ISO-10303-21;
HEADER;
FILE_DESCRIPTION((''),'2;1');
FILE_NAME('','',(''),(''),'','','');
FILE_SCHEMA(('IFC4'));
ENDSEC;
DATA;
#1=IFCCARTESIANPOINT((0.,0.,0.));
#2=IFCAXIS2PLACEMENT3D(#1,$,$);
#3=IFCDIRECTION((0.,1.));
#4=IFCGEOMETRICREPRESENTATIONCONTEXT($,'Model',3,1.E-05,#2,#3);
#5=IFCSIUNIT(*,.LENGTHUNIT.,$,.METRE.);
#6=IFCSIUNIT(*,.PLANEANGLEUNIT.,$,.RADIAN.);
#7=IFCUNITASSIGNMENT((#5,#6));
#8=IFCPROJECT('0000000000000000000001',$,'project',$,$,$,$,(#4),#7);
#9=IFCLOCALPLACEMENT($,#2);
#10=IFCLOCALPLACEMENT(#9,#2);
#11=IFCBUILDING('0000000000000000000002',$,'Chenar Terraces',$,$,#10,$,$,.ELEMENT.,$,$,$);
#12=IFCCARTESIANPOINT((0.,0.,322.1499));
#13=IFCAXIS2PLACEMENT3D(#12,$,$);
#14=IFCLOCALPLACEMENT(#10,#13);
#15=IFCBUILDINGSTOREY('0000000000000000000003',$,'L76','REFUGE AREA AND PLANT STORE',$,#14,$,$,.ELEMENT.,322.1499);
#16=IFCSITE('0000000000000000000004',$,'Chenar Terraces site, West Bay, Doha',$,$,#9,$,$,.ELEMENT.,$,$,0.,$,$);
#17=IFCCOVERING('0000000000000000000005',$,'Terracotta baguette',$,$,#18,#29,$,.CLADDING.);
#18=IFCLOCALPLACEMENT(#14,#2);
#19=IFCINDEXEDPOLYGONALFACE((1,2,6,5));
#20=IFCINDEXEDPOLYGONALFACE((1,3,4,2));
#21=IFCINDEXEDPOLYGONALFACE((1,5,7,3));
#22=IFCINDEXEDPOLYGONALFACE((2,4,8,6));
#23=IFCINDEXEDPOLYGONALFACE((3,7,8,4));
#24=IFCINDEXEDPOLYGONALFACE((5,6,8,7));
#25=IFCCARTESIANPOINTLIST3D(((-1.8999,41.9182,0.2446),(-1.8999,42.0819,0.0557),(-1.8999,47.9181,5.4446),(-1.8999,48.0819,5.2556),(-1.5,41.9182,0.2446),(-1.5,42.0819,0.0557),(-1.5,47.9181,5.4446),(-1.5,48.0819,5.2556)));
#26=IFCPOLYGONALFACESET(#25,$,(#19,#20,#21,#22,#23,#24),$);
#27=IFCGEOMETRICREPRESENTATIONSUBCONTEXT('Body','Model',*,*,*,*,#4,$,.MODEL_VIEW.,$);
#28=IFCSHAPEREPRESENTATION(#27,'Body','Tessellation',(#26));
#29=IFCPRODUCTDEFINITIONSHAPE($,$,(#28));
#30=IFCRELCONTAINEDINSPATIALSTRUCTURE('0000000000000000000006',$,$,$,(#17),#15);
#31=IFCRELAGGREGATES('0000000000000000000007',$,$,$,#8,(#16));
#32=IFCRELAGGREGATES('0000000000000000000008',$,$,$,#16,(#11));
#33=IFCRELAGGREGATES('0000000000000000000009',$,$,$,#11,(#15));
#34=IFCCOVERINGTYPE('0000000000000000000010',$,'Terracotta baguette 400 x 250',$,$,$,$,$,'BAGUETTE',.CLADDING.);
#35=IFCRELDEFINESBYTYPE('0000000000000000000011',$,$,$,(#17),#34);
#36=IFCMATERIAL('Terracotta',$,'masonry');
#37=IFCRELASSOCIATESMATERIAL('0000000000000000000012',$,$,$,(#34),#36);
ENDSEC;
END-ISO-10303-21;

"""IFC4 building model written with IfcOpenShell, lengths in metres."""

from ifc_helpers import new_model, si_unit, direction, frame, origin, origin_2d, place, context, subcontext, project, spatial, rectangle, extrude, material, material_profile, profile_set, type_object, element, save


model = new_model("IFC4")

# Units and contexts
model_context = context("Model", 3, precision=1e-05, world=origin(), true_north=direction((0.0, 1.0)))
body_context = subcontext(model_context, "Body", "Model", "MODEL_VIEW")
ifc_project = project(units=[si_unit("LENGTHUNIT", "METRE"), si_unit("PLANEANGLEUNIT", "RADIAN")], contexts=[model_context])

# Site, building, storey
site_placement = place(None, origin())
site = spatial("IfcSite", under=ifc_project, at=site_placement, Name="Chenar Terraces site, West Bay, Doha", CompositionType="ELEMENT", RefElevation=0.0)
building_placement = place(site_placement, origin())
building = spatial("IfcBuilding", under=site, at=building_placement, Name="Chenar Terraces", CompositionType="ELEMENT")
storey_placement = place(building_placement, frame((0.0, 0.0, 322.1499)))
storey = spatial("IfcBuildingStorey", under=building, at=storey_placement, Name="L76", Description="REFUGE AREA AND PLANT STORE", CompositionType="ELEMENT", Elevation=322.1499)

# Covering
ifc_material_1 = material(Name="Terracotta", Category="masonry")
ifc_material_profile_1 = material_profile(ifc_material_1, rectangle(XDim=0.3999, YDim=0.25, at=origin_2d()), Name="Terracotta baguette 400 x 250")
ifc_profile_set_1 = profile_set([ifc_material_profile_1], Name="Terracotta")
covering_type = type_object("IfcCoveringType", Name="Terracotta baguette 400 x 250", ElementType="BAGUETTE", PredefinedType="CLADDING", material=ifc_profile_set_1)
covering_1_placement = place(storey_placement, frame((-1.7, 48.0, 5.3501), z_axis=(0.0, -0.755692, -0.654927), x_axis=(1.0, 0.0, 0.0)))
element("IfcCovering", 1, at=covering_1_placement, inside=storey, type_object=covering_type, Name="Terracotta baguette", PredefinedType="CLADDING", context=body_context, shape_type="SweptSolid", body=[
    extrude(rectangle(XDim=0.3999, YDim=0.25, at=origin_2d()), origin(), (0.0, 0.0, 1.0), 7.9397),
])

save(model, "model.ifc")
